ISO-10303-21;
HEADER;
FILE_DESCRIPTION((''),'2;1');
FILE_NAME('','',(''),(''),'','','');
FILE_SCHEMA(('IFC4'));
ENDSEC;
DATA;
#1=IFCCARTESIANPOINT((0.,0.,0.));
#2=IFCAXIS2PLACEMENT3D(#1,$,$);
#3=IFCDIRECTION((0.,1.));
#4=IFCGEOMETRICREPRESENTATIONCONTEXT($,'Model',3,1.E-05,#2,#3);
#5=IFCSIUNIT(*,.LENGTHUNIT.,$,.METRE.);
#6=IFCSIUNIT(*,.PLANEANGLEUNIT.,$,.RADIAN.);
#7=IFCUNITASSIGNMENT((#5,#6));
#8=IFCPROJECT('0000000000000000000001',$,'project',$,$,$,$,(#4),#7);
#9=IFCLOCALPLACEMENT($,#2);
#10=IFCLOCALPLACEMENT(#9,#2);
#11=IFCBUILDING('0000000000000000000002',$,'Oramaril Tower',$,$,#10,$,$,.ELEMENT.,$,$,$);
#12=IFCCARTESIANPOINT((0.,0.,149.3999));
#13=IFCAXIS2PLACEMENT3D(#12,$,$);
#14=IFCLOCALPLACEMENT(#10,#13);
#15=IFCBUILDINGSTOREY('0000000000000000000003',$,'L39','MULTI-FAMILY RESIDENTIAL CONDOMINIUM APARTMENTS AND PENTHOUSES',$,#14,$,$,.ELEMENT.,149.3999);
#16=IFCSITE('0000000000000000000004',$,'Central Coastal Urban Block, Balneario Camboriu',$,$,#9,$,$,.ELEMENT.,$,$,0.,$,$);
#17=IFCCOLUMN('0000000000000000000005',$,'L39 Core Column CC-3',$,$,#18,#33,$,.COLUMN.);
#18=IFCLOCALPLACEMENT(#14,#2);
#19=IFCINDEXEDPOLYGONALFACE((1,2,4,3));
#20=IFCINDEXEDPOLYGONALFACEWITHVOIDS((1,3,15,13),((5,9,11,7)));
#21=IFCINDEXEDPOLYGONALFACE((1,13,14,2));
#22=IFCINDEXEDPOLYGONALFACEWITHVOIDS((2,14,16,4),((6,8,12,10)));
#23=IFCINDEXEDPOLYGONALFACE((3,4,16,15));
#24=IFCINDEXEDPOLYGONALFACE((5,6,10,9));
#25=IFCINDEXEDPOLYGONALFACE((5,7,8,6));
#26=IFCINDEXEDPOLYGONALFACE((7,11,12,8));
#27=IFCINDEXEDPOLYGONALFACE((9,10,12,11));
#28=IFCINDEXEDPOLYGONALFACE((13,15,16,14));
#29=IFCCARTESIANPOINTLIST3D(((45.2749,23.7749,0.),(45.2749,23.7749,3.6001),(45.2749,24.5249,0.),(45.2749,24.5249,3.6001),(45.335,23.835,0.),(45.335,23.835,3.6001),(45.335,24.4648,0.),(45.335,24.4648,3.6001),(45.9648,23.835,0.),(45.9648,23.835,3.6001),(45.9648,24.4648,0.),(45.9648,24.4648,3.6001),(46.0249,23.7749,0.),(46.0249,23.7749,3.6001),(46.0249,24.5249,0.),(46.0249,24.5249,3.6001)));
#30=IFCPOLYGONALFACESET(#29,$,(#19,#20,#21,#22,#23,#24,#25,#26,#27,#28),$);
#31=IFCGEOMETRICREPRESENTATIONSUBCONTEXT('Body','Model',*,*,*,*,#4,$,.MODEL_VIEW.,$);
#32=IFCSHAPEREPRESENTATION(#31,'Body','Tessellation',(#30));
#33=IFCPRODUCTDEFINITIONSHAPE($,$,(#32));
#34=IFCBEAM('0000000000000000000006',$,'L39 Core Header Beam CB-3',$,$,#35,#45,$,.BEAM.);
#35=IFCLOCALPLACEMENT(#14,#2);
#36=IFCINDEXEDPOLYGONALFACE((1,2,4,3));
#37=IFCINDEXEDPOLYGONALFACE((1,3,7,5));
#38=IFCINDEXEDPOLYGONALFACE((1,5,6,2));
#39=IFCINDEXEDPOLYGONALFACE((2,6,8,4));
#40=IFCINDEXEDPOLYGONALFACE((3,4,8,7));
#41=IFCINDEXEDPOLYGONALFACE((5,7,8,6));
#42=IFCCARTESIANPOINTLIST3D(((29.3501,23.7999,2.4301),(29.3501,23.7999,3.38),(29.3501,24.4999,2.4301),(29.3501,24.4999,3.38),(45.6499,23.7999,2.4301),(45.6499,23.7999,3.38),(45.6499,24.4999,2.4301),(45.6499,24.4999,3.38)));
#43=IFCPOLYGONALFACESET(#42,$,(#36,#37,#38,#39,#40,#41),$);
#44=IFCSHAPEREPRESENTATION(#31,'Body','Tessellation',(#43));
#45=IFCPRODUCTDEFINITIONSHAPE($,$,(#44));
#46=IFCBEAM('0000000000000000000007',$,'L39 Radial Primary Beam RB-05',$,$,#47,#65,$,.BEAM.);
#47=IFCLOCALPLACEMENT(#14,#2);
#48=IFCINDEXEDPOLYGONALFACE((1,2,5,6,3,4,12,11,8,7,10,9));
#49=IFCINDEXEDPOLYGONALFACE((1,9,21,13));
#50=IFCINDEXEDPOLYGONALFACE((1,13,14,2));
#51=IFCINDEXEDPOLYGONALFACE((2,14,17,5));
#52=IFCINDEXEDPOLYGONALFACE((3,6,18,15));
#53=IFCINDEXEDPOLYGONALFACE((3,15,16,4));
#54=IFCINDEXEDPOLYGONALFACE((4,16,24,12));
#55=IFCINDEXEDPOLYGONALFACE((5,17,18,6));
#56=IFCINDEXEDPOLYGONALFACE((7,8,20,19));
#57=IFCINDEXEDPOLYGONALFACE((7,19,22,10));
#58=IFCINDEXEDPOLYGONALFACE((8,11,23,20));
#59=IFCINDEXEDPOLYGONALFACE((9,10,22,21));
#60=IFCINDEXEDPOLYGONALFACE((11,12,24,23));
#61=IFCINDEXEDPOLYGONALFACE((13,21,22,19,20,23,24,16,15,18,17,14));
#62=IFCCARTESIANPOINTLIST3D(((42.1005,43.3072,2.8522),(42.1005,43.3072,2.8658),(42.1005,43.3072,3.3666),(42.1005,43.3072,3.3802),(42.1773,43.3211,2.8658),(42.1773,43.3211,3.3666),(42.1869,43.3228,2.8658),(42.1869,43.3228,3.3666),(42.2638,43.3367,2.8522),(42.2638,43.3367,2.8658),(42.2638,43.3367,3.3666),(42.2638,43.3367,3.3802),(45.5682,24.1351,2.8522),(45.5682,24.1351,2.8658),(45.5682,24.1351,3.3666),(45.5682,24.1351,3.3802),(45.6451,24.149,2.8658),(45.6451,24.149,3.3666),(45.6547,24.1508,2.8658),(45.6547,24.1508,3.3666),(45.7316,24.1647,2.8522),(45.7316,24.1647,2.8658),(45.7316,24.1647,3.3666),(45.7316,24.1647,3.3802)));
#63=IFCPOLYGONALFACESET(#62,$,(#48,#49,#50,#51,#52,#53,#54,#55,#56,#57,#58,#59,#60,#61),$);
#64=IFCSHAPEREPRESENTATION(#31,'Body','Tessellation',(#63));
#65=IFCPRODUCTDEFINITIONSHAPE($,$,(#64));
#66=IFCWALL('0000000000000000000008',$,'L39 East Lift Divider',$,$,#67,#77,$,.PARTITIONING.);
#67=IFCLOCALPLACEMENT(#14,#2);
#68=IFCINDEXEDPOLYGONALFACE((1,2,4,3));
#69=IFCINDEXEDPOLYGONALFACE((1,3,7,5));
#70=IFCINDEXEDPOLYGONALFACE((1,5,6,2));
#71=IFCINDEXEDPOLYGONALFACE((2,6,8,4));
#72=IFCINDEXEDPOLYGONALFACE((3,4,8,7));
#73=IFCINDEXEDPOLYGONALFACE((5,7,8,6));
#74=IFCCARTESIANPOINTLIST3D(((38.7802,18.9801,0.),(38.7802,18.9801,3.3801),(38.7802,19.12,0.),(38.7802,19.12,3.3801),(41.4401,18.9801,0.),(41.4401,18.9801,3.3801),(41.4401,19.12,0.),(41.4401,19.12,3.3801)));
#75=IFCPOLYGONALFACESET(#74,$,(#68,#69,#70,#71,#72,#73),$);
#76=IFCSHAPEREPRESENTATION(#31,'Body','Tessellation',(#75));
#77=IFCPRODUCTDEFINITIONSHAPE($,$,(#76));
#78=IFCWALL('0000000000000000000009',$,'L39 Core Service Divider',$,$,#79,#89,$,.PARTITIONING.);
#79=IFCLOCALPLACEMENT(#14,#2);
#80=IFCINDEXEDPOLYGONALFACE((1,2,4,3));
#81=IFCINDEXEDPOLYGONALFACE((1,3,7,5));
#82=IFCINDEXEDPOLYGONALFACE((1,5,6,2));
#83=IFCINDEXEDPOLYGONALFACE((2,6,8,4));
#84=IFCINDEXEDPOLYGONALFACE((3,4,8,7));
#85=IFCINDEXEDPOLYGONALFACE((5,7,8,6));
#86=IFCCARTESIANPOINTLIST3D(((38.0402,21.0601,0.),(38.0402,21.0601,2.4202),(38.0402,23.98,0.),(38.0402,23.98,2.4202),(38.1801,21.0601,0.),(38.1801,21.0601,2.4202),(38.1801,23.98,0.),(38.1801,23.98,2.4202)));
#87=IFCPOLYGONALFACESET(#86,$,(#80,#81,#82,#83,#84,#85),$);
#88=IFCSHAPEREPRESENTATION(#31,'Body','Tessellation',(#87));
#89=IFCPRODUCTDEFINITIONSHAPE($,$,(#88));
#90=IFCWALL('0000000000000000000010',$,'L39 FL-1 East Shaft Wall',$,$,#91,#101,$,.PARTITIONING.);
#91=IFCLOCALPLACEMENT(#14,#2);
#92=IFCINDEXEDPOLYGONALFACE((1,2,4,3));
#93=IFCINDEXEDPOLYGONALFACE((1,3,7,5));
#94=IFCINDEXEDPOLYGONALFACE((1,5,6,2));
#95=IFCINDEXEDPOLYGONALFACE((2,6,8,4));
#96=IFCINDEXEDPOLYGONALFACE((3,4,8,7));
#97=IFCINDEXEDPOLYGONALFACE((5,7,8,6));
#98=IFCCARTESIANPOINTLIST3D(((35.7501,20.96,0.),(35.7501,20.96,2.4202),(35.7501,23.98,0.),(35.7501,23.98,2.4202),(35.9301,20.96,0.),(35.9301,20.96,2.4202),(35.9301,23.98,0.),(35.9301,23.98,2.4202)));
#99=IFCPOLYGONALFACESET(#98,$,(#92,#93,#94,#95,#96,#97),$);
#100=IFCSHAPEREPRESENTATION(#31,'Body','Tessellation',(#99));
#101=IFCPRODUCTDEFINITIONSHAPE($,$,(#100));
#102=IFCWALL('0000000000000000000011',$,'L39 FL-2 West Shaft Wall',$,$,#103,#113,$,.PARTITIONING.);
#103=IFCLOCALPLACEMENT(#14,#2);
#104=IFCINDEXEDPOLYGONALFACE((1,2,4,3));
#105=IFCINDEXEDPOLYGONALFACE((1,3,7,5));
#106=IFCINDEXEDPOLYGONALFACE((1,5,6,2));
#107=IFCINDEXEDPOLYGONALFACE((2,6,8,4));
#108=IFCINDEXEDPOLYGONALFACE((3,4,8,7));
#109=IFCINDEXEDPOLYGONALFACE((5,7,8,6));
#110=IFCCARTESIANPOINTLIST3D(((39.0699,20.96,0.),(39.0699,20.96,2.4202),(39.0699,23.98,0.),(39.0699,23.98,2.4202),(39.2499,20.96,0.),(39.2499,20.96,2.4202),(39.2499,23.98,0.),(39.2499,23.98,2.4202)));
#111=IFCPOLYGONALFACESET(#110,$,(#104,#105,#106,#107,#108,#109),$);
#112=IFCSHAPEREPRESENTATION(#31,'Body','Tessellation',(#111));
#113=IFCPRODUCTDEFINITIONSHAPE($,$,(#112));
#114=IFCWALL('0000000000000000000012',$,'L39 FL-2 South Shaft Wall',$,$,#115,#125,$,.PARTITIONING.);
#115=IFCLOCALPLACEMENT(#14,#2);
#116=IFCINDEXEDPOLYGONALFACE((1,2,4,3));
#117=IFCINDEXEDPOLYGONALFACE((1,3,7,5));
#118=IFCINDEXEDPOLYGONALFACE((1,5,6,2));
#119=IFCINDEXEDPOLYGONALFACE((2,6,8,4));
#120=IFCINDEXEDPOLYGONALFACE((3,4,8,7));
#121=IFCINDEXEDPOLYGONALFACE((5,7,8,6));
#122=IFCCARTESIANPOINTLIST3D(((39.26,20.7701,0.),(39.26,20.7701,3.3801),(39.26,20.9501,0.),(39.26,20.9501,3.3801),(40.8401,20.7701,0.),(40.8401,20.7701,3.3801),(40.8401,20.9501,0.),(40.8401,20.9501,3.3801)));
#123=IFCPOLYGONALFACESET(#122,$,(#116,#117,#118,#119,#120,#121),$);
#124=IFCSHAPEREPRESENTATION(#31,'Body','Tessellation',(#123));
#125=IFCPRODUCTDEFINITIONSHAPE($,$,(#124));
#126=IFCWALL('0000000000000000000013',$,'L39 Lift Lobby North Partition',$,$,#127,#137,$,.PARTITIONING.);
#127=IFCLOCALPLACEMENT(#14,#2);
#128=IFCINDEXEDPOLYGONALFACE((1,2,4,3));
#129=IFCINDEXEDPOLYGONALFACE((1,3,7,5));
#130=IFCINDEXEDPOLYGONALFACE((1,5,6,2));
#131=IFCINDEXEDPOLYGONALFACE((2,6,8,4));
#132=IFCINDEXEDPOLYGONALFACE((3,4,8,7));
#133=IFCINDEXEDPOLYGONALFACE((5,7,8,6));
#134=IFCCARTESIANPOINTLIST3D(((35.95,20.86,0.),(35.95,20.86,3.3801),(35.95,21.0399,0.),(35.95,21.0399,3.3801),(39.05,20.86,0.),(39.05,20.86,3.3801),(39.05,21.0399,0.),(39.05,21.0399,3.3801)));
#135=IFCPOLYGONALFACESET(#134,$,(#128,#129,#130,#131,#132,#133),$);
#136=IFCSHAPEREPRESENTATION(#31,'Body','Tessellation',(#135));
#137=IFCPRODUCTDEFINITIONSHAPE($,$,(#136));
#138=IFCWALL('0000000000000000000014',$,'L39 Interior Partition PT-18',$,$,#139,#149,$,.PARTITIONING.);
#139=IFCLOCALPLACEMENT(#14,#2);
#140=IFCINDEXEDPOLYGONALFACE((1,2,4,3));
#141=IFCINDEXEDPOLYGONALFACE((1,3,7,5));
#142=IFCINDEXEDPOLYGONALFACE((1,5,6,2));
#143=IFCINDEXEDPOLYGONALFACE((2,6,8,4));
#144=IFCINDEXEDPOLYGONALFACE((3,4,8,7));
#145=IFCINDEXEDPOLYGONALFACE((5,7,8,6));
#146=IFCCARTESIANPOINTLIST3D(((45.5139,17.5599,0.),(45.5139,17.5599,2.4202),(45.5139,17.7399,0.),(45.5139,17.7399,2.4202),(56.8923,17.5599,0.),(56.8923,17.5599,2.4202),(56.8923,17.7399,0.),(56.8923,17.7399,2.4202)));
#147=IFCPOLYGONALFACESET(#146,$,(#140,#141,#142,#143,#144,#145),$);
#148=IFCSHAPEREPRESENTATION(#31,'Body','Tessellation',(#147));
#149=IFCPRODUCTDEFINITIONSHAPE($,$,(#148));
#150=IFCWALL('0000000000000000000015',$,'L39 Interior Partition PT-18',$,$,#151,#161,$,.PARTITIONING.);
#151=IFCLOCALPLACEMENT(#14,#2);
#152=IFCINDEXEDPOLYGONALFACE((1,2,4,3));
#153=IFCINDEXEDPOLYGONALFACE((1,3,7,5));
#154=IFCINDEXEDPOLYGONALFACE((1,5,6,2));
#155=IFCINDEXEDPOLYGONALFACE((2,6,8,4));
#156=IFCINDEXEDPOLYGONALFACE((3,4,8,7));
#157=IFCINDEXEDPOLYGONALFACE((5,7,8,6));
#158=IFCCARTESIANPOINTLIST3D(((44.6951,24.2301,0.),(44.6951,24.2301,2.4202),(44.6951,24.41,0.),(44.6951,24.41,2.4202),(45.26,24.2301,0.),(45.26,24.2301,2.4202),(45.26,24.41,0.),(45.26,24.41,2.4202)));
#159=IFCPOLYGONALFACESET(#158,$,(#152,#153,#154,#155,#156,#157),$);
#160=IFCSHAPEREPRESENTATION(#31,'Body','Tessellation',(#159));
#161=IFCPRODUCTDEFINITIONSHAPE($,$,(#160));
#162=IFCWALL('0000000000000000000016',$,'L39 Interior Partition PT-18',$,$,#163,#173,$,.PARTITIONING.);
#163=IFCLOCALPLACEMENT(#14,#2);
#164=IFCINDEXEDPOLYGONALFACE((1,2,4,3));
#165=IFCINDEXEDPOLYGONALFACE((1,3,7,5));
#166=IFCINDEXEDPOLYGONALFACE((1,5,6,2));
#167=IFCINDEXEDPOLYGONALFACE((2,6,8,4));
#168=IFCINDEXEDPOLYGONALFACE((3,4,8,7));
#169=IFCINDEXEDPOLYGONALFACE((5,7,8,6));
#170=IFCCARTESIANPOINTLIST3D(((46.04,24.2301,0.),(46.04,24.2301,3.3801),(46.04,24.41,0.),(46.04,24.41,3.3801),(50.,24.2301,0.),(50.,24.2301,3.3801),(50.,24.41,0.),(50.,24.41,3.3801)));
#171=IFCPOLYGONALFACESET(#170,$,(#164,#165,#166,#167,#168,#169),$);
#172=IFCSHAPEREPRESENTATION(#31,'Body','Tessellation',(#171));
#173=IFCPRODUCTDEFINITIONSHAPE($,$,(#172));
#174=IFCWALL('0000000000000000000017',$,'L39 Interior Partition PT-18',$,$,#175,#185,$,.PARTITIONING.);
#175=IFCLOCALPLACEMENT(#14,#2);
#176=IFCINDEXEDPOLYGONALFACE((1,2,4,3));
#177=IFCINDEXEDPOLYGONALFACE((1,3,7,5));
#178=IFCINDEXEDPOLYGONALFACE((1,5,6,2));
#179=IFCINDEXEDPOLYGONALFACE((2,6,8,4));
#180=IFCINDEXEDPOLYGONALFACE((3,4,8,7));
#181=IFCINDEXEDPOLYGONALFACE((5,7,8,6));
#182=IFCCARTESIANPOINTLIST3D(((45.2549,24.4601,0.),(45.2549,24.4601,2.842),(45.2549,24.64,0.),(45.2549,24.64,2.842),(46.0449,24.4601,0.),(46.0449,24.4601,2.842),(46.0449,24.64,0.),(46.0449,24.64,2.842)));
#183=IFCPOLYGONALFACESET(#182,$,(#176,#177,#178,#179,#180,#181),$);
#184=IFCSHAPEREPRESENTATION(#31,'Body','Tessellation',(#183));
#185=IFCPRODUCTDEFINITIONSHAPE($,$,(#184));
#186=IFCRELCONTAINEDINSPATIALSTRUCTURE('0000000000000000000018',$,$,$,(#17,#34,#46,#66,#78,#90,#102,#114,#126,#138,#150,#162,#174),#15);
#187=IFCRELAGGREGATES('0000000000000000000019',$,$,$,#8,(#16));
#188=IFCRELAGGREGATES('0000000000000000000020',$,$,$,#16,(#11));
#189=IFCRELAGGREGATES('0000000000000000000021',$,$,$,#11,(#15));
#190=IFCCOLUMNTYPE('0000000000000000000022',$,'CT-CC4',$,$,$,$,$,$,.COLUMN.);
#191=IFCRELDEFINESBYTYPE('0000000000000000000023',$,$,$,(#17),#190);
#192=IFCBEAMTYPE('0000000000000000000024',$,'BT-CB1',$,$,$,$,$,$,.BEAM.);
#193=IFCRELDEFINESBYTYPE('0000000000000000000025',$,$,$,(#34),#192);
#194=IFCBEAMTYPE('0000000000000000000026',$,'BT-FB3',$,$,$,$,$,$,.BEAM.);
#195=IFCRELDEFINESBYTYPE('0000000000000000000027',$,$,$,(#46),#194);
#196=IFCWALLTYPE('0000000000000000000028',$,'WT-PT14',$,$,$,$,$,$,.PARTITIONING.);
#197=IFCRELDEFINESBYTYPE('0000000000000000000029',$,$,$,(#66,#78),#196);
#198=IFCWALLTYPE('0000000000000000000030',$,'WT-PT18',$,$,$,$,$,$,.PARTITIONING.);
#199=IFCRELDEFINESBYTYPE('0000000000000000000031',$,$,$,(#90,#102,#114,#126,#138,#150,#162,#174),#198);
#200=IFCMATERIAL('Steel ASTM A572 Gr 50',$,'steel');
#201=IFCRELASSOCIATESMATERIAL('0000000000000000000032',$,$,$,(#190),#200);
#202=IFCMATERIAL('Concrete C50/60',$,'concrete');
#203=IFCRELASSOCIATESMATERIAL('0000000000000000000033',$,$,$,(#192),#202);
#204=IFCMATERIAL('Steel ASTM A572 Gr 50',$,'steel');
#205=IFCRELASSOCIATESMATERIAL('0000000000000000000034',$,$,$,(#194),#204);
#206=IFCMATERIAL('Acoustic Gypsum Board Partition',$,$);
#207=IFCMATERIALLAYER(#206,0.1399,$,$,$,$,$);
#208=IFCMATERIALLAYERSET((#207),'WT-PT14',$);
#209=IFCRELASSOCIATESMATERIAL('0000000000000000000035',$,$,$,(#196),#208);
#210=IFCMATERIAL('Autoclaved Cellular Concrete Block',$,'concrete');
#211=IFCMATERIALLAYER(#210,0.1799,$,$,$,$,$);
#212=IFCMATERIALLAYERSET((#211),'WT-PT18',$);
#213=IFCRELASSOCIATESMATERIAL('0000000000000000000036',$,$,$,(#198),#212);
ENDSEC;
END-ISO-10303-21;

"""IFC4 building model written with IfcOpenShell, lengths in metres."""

from ifc_helpers import new_model, si_unit, direction, frame, frame_2d, origin, origin_2d, place, context, subcontext, project, spatial, rectangle, hollow_rectangle, i_section, extrude, material, layer, layer_set, material_profile, profile_set, type_object, element, save


model = new_model("IFC4")

# Units and contexts
model_context = context("Model", 3, precision=1e-05, world=origin(), true_north=direction((0.0, 1.0)))
body_context = subcontext(model_context, "Body", "Model", "MODEL_VIEW")
ifc_project = project(units=[si_unit("LENGTHUNIT", "METRE"), si_unit("PLANEANGLEUNIT", "RADIAN")], contexts=[model_context])

# Site, building, storey
site_placement = place(None, origin())
site = spatial("IfcSite", under=ifc_project, at=site_placement, Name="Central Coastal Urban Block, Balneario Camboriu", CompositionType="ELEMENT", RefElevation=0.0)
building_placement = place(site_placement, origin())
building = spatial("IfcBuilding", under=site, at=building_placement, Name="Oramaril Tower", CompositionType="ELEMENT")
storey_placement = place(building_placement, frame((0.0, 0.0, 149.3999)))
storey = spatial("IfcBuildingStorey", under=building, at=storey_placement, Name="L39", Description="MULTI-FAMILY RESIDENTIAL CONDOMINIUM APARTMENTS AND PENTHOUSES", CompositionType="ELEMENT", Elevation=149.3999)

# Column
ifc_material_1 = material(Name="Steel ASTM A572 Gr 50", Category="steel")
ifc_material_profile_1 = material_profile(ifc_material_1, hollow_rectangle(XDim=0.75, YDim=0.75, WallThickness=0.0601, at=origin_2d()), Name="BOX750X750X60")
ifc_profile_set_1 = profile_set([ifc_material_profile_1], Name="Steel ASTM A572 Gr 50")
column_type = type_object("IfcColumnType", Name="CT-CC4", PredefinedType="COLUMN", material=ifc_profile_set_1)
column_placement = place(storey_placement, frame((45.6499, 24.1499, 0.0), z_axis=(0.0, 0.0, 1.0), x_axis=(1.0, 0.0, 0.0)))
element("IfcColumn", 1, at=column_placement, inside=storey, type_object=column_type, Name="L39 Core Column CC-3", PredefinedType="COLUMN", context=body_context, shape_type="SweptSolid", body=[
    extrude(hollow_rectangle(XDim=0.75, YDim=0.75, WallThickness=0.0601, at=origin_2d()), origin(), (0.0, 0.0, 1.0), 3.6001),
])

# Beams
ifc_material_2 = material(Name="Concrete C50/60", Category="concrete")
ifc_material_profile_2 = material_profile(ifc_material_2, rectangle(XDim=0.7, YDim=0.95, at=origin_2d()), Name="CB700X950")
ifc_profile_set_2 = profile_set([ifc_material_profile_2], Name="Concrete C50/60")
beam_type_1 = type_object("IfcBeamType", Name="BT-CB1", PredefinedType="BEAM", material=ifc_profile_set_2)
beam_1_placement = place(storey_placement, frame((45.6499, 24.1499, 2.905), z_axis=(-1.0, 0.0, 0.0), x_axis=(0.0, -1.0, 0.0)))
element("IfcBeam", 2, at=beam_1_placement, inside=storey, type_object=beam_type_1, Name="L39 Core Header Beam CB-3", PredefinedType="BEAM", context=body_context, shape_type="SweptSolid", body=[
    extrude(rectangle(XDim=0.7, YDim=0.95, at=origin_2d()), origin(), (0.0, 0.0, 1.0), 16.2998),
])
ifc_material_3 = material(Name="Steel ASTM A572 Gr 50", Category="steel")
ifc_material_profile_3 = material_profile(ifc_material_3, i_section(OverallWidth=0.166, OverallDepth=0.5281, WebThickness=0.0098, FlangeThickness=0.0137, at=origin_2d()), Name="W21X50")
ifc_profile_set_3 = profile_set([ifc_material_profile_3], Name="Steel ASTM A572 Gr 50")
beam_type_2 = type_object("IfcBeamType", Name="BT-FB3", PredefinedType="BEAM", material=ifc_profile_set_3)
beam_2_placement = place(storey_placement, frame((45.6499, 24.1499, 3.1162), z_axis=(-0.177988, 0.984033, 0.0), x_axis=(-0.984033, -0.177988, 0.0)))
element("IfcBeam", 3, at=beam_2_placement, inside=storey, type_object=beam_type_2, Name="L39 Radial Primary Beam RB-05", PredefinedType="BEAM", context=body_context, shape_type="SweptSolid", body=[
    extrude(i_section(OverallWidth=0.166, OverallDepth=0.5281, WebThickness=0.0098, FlangeThickness=0.0137, at=origin_2d()), origin(), (0.0, 0.0, 1.0), 19.4832),
])

# Walls
ifc_material_4 = material(Name="Acoustic Gypsum Board Partition")
ifc_layer_1 = layer(ifc_material_4, 0.1399)
ifc_layer_set_1 = layer_set([ifc_layer_1], Name="WT-PT14")
wall_type_1 = type_object("IfcWallType", Name="WT-PT14", PredefinedType="PARTITIONING", material=ifc_layer_set_1)
wall_1_placement = place(storey_placement, frame((38.78, 19.05, 0.0), z_axis=(0.0, 0.0, 1.0), x_axis=(1.0, 0.0, 0.0)))
element("IfcWall", 4, at=wall_1_placement, inside=storey, type_object=wall_type_1, Name="L39 East Lift Divider", PredefinedType="PARTITIONING", context=body_context, shape_type="SweptSolid", body=[
    extrude(rectangle(XDim=2.6599, YDim=0.1399, at=frame_2d((1.3301, 0.0))), origin(), (0.0, 0.0, 1.0), 3.3801),
])
wall_2_placement = place(storey_placement, frame((38.1101, 21.0601, 0.0), z_axis=(0.0, 0.0, 1.0), x_axis=(0.0, 1.0, 0.0)))
element("IfcWall", 5, at=wall_2_placement, inside=storey, type_object=wall_type_1, Name="L39 Core Service Divider", PredefinedType="PARTITIONING", context=body_context, shape_type="SweptSolid", body=[
    extrude(rectangle(XDim=2.9199, YDim=0.1399, at=frame_2d((1.46, 0.0))), origin(), (0.0, 0.0, 1.0), 2.4202),
])
ifc_material_5 = material(Name="Autoclaved Cellular Concrete Block", Category="concrete")
ifc_layer_2 = layer(ifc_material_5, 0.1799)
ifc_layer_set_2 = layer_set([ifc_layer_2], Name="WT-PT18")
wall_type_2 = type_object("IfcWallType", Name="WT-PT18", PredefinedType="PARTITIONING", material=ifc_layer_set_2)
for number, where, z_axis, x_axis, name in (
    (6, (35.8401, 20.96, 0.0), (0.0, 0.0, 1.0), (0.0, 1.0, 0.0), "L39 FL-1 East Shaft Wall"),
    (7, (39.1599, 20.96, 0.0), (0.0, 0.0, 1.0), (0.0, 1.0, 0.0), "L39 FL-2 West Shaft Wall"),
):
    element("IfcWall", number, at=place(storey_placement, frame(where, z_axis=z_axis, x_axis=x_axis)), inside=storey, type_object=wall_type_2, Name=name, PredefinedType="PARTITIONING", context=body_context, shape_type="SweptSolid", body=[
        extrude(rectangle(XDim=3.02, YDim=0.1799, at=frame_2d((1.51, 0.0))), origin(), (0.0, 0.0, 1.0), 2.4202),
    ])
wall_3_placement = place(storey_placement, frame((39.26, 20.8601, 0.0), z_axis=(0.0, 0.0, 1.0), x_axis=(1.0, 0.0, 0.0)))
element("IfcWall", 8, at=wall_3_placement, inside=storey, type_object=wall_type_2, Name="L39 FL-2 South Shaft Wall", PredefinedType="PARTITIONING", context=body_context, shape_type="SweptSolid", body=[
    extrude(rectangle(XDim=1.5801, YDim=0.1799, at=frame_2d((0.79, 0.0))), origin(), (0.0, 0.0, 1.0), 3.3801),
])
wall_4_placement = place(storey_placement, frame((35.95, 20.95, 0.0), z_axis=(0.0, 0.0, 1.0), x_axis=(1.0, 0.0, 0.0)))
element("IfcWall", 9, at=wall_4_placement, inside=storey, type_object=wall_type_2, Name="L39 Lift Lobby North Partition", PredefinedType="PARTITIONING", context=body_context, shape_type="SweptSolid", body=[
    extrude(rectangle(XDim=3.1001, YDim=0.1799, at=frame_2d((1.55, 0.0))), origin(), (0.0, 0.0, 1.0), 3.3801),
])
wall_5_placement = place(storey_placement, frame((45.5139, 17.6499, 0.0), z_axis=(0.0, 0.0, 1.0), x_axis=(1.0, 0.0, 0.0)))
element("IfcWall", 10, at=wall_5_placement, inside=storey, type_object=wall_type_2, Name="L39 Interior Partition PT-18", PredefinedType="PARTITIONING", context=body_context, shape_type="SweptSolid", body=[
    extrude(rectangle(XDim=11.3784, YDim=0.1799, at=frame_2d((5.6892, 0.0))), origin(), (0.0, 0.0, 1.0), 2.4202),
])
wall_6_placement = place(storey_placement, frame((44.6951, 24.3201, 0.0), z_axis=(0.0, 0.0, 1.0), x_axis=(1.0, 0.0, 0.0)))
element("IfcWall", 11, at=wall_6_placement, inside=storey, type_object=wall_type_2, Name="L39 Interior Partition PT-18", PredefinedType="PARTITIONING", context=body_context, shape_type="SweptSolid", body=[
    extrude(rectangle(XDim=0.5649, YDim=0.1799, at=frame_2d((0.2825, 0.0))), origin(), (0.0, 0.0, 1.0), 2.4202),
])
wall_7_placement = place(storey_placement, frame((46.04, 24.3201, 0.0), z_axis=(0.0, 0.0, 1.0), x_axis=(1.0, 0.0, 0.0)))
element("IfcWall", 12, at=wall_7_placement, inside=storey, type_object=wall_type_2, Name="L39 Interior Partition PT-18", PredefinedType="PARTITIONING", context=body_context, shape_type="SweptSolid", body=[
    extrude(rectangle(XDim=3.96, YDim=0.1799, at=frame_2d((1.98, 0.0))), origin(), (0.0, 0.0, 1.0), 3.3801),
])
wall_8_placement = place(storey_placement, frame((45.2549, 24.55, 0.0), z_axis=(0.0, 0.0, 1.0), x_axis=(1.0, 0.0, 0.0)))
element("IfcWall", 13, at=wall_8_placement, inside=storey, type_object=wall_type_2, Name="L39 Interior Partition PT-18", PredefinedType="PARTITIONING", context=body_context, shape_type="SweptSolid", body=[
    extrude(rectangle(XDim=0.79, YDim=0.1799, at=frame_2d((0.395, 0.0))), origin(), (0.0, 0.0, 1.0), 2.842),
])

save(model, "model.ifc")
